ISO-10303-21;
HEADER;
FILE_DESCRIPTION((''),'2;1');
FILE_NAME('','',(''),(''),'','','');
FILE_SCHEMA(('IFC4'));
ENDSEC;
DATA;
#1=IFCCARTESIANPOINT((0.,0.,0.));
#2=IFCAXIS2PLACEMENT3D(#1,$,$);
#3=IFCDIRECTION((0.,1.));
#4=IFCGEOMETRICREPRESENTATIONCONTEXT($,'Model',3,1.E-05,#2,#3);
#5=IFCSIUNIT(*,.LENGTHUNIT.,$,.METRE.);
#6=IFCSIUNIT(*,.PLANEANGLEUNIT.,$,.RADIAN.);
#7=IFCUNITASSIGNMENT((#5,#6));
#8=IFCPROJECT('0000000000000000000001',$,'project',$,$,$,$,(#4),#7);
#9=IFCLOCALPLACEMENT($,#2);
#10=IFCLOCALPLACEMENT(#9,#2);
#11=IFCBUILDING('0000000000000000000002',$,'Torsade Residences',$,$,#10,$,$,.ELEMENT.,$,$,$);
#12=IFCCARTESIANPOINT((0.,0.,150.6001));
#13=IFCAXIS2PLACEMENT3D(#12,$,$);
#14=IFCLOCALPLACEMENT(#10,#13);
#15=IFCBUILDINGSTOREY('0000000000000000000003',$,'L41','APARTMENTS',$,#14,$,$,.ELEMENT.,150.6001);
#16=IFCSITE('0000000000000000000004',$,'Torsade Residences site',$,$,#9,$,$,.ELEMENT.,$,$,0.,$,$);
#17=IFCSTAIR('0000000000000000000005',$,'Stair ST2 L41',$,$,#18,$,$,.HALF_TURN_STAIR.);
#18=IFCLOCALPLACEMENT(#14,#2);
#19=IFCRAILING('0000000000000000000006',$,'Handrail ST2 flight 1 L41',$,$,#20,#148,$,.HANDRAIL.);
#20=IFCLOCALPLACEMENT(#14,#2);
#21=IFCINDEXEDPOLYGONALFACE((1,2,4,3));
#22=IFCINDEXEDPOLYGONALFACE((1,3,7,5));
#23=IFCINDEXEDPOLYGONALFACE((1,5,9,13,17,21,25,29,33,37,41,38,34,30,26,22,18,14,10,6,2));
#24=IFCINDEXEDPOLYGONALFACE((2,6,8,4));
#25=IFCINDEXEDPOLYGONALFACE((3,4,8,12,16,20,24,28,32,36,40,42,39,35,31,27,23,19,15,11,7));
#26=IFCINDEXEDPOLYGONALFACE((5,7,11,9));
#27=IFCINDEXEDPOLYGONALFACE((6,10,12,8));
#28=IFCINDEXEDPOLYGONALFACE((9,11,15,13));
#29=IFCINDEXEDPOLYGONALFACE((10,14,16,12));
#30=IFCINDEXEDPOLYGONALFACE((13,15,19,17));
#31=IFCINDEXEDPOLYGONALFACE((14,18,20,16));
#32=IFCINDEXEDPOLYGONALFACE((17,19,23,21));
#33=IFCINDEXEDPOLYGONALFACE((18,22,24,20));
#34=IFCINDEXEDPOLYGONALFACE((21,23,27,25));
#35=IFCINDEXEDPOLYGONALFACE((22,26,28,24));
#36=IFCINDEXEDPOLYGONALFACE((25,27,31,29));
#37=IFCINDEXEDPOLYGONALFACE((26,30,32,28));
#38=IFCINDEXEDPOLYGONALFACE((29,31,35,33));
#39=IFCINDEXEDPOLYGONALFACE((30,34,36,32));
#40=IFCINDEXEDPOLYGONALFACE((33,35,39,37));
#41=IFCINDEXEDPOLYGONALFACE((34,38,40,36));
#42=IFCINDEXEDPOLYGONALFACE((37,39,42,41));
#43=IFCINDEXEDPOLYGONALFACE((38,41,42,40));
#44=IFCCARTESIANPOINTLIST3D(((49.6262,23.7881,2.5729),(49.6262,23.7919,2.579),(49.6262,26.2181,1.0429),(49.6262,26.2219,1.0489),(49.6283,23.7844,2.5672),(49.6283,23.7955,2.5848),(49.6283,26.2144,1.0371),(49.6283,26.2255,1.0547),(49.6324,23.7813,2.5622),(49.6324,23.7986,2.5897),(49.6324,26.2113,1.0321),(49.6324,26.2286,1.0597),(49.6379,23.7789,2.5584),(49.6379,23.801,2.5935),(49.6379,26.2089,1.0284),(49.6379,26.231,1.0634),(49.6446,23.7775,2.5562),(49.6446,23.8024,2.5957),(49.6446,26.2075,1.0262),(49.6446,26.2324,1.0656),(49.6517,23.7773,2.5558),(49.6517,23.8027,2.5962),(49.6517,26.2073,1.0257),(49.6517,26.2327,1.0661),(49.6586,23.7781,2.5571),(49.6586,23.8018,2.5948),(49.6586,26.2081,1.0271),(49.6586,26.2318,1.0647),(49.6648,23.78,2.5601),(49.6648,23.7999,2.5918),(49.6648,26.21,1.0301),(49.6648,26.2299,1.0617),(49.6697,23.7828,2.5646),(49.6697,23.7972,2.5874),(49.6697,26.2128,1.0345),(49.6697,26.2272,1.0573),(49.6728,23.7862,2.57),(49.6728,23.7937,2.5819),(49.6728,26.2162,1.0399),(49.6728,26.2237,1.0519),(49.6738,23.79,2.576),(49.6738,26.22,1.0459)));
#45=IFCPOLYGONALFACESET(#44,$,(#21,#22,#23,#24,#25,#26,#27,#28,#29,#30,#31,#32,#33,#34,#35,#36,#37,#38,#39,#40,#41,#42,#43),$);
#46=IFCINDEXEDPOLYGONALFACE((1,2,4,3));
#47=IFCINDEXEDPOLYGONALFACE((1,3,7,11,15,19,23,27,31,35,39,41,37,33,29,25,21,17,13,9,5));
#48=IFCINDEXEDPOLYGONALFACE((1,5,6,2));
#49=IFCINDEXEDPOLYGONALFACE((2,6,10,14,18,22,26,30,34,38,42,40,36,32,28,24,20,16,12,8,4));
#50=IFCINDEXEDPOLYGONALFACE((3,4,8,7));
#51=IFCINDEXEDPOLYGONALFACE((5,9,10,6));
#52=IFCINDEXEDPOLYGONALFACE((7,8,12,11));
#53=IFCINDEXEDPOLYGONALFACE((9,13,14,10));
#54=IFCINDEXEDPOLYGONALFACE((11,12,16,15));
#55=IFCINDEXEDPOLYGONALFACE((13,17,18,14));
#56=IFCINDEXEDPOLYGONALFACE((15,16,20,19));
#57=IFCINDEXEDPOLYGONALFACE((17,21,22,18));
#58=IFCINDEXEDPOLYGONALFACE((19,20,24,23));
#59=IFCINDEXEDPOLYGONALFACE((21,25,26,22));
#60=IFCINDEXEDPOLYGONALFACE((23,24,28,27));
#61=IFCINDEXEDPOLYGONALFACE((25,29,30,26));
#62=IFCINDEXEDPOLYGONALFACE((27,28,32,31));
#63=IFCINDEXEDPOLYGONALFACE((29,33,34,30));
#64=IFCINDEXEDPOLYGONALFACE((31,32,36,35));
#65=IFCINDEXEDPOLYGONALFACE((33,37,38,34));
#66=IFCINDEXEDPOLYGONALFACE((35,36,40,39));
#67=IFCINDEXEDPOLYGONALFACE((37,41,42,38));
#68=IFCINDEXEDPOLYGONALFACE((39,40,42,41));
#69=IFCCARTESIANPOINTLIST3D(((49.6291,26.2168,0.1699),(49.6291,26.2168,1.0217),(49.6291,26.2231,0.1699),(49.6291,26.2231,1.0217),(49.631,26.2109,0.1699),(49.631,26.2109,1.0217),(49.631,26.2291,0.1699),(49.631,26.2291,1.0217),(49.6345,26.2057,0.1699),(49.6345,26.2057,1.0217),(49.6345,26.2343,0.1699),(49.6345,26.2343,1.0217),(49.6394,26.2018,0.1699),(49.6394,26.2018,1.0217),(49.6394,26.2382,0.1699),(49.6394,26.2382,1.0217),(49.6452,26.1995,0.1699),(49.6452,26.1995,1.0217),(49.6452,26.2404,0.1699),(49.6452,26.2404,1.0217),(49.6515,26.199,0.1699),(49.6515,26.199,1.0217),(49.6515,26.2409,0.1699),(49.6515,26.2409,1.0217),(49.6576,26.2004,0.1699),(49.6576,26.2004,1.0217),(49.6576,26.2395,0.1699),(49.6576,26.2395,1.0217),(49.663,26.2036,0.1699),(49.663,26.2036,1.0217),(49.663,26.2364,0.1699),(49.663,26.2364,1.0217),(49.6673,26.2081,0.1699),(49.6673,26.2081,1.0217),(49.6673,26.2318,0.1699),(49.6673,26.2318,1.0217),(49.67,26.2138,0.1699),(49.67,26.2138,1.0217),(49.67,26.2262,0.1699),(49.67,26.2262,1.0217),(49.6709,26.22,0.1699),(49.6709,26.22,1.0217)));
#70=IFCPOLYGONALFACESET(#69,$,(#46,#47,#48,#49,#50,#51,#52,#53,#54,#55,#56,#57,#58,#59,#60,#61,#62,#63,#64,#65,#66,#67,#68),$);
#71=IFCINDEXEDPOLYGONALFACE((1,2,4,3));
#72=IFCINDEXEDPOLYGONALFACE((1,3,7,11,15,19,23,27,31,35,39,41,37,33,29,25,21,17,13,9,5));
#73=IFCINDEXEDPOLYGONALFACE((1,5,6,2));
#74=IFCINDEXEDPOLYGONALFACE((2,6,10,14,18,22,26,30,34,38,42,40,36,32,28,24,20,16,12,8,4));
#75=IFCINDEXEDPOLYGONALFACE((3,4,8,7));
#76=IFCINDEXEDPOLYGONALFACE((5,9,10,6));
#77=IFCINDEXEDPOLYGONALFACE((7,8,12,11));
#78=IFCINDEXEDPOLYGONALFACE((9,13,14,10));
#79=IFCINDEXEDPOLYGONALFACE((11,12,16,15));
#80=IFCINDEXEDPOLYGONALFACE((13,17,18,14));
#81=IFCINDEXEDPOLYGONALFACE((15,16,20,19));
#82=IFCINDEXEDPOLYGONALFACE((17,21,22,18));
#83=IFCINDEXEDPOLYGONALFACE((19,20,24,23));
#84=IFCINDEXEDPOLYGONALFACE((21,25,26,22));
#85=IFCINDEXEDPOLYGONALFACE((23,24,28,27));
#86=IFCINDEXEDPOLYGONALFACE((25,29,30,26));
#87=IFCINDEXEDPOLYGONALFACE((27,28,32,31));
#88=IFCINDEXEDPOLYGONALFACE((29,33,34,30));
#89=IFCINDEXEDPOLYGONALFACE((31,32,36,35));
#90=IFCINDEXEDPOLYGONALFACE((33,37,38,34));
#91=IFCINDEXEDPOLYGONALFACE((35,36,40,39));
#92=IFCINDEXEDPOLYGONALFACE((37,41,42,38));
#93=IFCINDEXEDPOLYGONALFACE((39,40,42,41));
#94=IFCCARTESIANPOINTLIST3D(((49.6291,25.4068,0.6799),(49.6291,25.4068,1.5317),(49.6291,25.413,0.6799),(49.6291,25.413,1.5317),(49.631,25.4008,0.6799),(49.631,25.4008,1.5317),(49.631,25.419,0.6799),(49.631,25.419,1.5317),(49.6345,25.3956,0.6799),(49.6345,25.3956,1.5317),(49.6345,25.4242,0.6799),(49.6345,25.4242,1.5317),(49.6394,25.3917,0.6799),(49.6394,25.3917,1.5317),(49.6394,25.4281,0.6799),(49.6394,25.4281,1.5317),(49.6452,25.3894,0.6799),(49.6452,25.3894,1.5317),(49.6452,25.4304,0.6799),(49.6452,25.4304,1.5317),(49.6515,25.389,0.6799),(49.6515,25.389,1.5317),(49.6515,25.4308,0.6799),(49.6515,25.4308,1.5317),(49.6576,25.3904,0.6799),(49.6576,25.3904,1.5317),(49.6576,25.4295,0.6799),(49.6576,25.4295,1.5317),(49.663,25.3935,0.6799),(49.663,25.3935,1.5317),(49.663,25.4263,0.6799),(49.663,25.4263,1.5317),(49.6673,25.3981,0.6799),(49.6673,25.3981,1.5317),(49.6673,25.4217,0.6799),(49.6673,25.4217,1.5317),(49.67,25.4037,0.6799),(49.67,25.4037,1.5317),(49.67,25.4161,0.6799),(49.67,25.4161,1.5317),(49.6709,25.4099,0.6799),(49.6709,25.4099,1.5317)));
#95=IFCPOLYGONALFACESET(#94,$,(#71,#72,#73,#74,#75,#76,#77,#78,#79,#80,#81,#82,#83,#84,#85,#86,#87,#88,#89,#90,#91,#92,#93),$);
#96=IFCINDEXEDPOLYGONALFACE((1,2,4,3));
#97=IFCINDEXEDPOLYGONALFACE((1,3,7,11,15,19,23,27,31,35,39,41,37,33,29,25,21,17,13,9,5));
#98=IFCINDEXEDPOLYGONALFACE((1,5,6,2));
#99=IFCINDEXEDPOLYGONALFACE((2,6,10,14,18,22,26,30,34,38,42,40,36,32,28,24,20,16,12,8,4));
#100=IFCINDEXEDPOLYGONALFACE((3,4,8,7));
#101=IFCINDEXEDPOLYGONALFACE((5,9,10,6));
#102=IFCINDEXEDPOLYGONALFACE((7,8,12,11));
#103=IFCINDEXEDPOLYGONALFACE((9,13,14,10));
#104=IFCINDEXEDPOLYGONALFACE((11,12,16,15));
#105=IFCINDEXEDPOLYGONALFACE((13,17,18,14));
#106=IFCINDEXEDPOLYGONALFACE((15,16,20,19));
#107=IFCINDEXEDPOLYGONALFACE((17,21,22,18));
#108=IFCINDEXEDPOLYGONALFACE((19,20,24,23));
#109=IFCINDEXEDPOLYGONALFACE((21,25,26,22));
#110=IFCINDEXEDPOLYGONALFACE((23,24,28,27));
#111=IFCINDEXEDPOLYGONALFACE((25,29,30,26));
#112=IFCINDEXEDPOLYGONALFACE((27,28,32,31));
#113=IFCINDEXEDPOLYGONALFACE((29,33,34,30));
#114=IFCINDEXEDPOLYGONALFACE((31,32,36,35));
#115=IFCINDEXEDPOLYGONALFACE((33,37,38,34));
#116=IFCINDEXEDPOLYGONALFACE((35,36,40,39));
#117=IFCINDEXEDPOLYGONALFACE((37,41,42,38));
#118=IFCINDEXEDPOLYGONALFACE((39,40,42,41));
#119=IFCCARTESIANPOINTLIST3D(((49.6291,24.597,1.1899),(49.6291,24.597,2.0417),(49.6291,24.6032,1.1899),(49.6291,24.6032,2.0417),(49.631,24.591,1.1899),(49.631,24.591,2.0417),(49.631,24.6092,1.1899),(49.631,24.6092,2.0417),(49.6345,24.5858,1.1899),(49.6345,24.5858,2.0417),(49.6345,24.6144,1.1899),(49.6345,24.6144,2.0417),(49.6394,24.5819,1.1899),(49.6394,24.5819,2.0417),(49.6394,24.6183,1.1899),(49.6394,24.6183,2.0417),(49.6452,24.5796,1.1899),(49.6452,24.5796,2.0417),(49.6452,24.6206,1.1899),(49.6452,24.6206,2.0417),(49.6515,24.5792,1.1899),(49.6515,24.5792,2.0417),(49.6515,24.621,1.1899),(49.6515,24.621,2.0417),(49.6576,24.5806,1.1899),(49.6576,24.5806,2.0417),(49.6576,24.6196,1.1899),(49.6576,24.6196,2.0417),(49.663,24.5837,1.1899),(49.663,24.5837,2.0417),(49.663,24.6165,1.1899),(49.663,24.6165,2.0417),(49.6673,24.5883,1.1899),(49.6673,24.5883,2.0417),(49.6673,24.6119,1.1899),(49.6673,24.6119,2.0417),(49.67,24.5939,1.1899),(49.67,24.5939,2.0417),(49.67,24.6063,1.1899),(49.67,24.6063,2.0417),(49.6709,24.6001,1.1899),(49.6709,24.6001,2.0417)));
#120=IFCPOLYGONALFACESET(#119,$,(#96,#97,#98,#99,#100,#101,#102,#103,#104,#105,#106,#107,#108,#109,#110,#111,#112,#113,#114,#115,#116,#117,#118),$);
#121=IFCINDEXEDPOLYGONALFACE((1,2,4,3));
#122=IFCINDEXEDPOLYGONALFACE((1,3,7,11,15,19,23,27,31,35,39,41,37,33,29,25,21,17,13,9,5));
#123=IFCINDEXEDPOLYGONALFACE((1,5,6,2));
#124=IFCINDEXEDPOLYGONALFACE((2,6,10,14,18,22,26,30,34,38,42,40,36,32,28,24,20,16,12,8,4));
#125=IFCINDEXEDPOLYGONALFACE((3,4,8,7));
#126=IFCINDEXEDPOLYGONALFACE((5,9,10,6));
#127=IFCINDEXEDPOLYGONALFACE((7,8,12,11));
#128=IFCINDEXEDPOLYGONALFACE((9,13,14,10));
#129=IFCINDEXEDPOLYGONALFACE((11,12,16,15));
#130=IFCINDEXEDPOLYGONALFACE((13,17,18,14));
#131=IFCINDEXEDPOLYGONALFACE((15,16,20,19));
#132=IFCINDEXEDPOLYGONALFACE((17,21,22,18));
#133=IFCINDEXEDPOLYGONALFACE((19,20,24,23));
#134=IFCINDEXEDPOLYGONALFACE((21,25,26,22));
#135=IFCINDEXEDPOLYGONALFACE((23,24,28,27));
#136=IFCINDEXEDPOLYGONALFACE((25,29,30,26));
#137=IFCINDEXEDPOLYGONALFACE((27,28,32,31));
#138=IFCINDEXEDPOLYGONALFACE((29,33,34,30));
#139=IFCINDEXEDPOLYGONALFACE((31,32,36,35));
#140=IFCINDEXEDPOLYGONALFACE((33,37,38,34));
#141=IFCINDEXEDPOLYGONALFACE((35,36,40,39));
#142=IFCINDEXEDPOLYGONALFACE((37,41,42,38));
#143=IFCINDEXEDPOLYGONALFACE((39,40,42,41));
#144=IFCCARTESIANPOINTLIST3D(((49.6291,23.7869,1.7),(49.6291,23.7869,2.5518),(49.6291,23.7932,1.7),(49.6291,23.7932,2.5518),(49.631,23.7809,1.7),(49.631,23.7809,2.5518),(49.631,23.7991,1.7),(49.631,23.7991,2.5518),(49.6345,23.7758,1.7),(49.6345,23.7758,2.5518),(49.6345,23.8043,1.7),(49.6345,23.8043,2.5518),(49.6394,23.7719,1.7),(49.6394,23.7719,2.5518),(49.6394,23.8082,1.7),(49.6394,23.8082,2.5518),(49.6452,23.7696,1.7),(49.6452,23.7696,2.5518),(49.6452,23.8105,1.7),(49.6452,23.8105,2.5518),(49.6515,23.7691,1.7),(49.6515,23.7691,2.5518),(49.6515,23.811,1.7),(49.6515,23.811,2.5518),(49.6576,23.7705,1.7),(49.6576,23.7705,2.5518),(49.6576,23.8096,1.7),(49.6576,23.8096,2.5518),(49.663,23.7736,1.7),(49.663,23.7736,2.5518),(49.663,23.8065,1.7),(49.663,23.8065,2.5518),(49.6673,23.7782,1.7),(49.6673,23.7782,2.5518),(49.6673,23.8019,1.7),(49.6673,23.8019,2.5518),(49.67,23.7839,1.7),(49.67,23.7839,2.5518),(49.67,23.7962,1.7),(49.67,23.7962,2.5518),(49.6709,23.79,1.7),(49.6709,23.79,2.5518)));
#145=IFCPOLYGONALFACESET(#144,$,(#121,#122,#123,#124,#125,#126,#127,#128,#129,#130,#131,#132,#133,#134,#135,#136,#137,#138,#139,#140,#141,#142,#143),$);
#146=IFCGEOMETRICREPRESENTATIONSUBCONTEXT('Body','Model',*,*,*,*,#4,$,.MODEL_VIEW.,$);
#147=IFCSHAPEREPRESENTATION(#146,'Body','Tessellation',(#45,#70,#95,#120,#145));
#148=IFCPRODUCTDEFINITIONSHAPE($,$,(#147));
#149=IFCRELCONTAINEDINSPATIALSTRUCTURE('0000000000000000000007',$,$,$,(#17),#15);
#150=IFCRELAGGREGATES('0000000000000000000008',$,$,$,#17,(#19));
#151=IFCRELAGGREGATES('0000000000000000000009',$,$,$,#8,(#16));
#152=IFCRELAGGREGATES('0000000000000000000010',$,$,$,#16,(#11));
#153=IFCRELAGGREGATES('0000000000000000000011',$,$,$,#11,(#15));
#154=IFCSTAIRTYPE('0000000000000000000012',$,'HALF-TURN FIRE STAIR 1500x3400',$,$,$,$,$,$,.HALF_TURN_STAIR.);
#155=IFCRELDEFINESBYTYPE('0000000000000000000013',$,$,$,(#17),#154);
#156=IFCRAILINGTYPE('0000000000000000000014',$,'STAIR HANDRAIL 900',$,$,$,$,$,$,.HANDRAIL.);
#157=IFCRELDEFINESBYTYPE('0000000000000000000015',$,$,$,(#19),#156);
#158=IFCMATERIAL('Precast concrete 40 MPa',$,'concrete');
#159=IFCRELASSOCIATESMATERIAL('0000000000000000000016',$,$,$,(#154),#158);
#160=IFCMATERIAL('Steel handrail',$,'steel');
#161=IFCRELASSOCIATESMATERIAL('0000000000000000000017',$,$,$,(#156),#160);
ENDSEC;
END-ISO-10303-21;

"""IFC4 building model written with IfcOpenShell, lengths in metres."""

from ifc_helpers import new_model, si_unit, direction, frame, origin, origin_2d, place, context, subcontext, project, spatial, circle, extrude, material, type_object, element, aggregate, save


model = new_model("IFC4")

# Units and contexts
model_context = context("Model", 3, precision=1e-05, world=origin(), true_north=direction((0.0, 1.0)))
body_context = subcontext(model_context, "Body", "Model", "MODEL_VIEW")
ifc_project = project(units=[si_unit("LENGTHUNIT", "METRE"), si_unit("PLANEANGLEUNIT", "RADIAN")], contexts=[model_context])

# Site, building, storey
site_placement = place(None, origin())
site = spatial("IfcSite", under=ifc_project, at=site_placement, Name="Torsade Residences site", CompositionType="ELEMENT", RefElevation=0.0)
building_placement = place(site_placement, origin())
building = spatial("IfcBuilding", under=site, at=building_placement, Name="Torsade Residences", CompositionType="ELEMENT")
storey_placement = place(building_placement, frame((0.0, 0.0, 150.6001)))
storey = spatial("IfcBuildingStorey", under=building, at=storey_placement, Name="L41", Description="APARTMENTS", CompositionType="ELEMENT", Elevation=150.6001)

# Stair, railing
ifc_material_1 = material(Name="Precast concrete 40 MPa", Category="concrete")
stair_type = type_object("IfcStairType", Name="HALF-TURN FIRE STAIR 1500x3400", PredefinedType="HALF_TURN_STAIR", material=ifc_material_1)
stair_placement = place(storey_placement, origin())
stair = element("IfcStair", 1, at=stair_placement, inside=storey, type_object=stair_type, Name="Stair ST2 L41", PredefinedType="HALF_TURN_STAIR")
ifc_material_2 = material(Name="Steel handrail", Category="steel")
railing_type = type_object("IfcRailingType", Name="STAIR HANDRAIL 900", PredefinedType="HANDRAIL", material=ifc_material_2)
railing_1_placement = place(storey_placement, frame((49.6499, 26.22, 0.1699)))
railing_1 = element("IfcRailing", 2, at=railing_1_placement, type_object=railing_type, Name="Handrail ST2 flight 1 L41", PredefinedType="HANDRAIL", context=body_context, shape_type="SweptSolid", body=[
    extrude(circle(Radius=0.0239, at=origin_2d()), frame((0.0, 0.0, 0.876), z_axis=(0.0, -0.846221, 0.532831), x_axis=(1.0, 0.0, 0.0)), (0.0, 0.0, 1.0), 2.8716),
    extrude(circle(Radius=0.021, at=origin_2d()), origin(), (0.0, 0.0, 1.0), 0.8518),
    extrude(circle(Radius=0.021, at=origin_2d()), frame((0.0, -0.8101, 0.51)), (0.0, 0.0, 1.0), 0.8518),
    extrude(circle(Radius=0.021, at=origin_2d()), frame((0.0, -1.6199, 1.02)), (0.0, 0.0, 1.0), 0.8518),
    extrude(circle(Radius=0.021, at=origin_2d()), frame((0.0, -2.4299, 1.53)), (0.0, 0.0, 1.0), 0.8518),
])
aggregate(stair, [railing_1])

save(model, "model.ifc")
